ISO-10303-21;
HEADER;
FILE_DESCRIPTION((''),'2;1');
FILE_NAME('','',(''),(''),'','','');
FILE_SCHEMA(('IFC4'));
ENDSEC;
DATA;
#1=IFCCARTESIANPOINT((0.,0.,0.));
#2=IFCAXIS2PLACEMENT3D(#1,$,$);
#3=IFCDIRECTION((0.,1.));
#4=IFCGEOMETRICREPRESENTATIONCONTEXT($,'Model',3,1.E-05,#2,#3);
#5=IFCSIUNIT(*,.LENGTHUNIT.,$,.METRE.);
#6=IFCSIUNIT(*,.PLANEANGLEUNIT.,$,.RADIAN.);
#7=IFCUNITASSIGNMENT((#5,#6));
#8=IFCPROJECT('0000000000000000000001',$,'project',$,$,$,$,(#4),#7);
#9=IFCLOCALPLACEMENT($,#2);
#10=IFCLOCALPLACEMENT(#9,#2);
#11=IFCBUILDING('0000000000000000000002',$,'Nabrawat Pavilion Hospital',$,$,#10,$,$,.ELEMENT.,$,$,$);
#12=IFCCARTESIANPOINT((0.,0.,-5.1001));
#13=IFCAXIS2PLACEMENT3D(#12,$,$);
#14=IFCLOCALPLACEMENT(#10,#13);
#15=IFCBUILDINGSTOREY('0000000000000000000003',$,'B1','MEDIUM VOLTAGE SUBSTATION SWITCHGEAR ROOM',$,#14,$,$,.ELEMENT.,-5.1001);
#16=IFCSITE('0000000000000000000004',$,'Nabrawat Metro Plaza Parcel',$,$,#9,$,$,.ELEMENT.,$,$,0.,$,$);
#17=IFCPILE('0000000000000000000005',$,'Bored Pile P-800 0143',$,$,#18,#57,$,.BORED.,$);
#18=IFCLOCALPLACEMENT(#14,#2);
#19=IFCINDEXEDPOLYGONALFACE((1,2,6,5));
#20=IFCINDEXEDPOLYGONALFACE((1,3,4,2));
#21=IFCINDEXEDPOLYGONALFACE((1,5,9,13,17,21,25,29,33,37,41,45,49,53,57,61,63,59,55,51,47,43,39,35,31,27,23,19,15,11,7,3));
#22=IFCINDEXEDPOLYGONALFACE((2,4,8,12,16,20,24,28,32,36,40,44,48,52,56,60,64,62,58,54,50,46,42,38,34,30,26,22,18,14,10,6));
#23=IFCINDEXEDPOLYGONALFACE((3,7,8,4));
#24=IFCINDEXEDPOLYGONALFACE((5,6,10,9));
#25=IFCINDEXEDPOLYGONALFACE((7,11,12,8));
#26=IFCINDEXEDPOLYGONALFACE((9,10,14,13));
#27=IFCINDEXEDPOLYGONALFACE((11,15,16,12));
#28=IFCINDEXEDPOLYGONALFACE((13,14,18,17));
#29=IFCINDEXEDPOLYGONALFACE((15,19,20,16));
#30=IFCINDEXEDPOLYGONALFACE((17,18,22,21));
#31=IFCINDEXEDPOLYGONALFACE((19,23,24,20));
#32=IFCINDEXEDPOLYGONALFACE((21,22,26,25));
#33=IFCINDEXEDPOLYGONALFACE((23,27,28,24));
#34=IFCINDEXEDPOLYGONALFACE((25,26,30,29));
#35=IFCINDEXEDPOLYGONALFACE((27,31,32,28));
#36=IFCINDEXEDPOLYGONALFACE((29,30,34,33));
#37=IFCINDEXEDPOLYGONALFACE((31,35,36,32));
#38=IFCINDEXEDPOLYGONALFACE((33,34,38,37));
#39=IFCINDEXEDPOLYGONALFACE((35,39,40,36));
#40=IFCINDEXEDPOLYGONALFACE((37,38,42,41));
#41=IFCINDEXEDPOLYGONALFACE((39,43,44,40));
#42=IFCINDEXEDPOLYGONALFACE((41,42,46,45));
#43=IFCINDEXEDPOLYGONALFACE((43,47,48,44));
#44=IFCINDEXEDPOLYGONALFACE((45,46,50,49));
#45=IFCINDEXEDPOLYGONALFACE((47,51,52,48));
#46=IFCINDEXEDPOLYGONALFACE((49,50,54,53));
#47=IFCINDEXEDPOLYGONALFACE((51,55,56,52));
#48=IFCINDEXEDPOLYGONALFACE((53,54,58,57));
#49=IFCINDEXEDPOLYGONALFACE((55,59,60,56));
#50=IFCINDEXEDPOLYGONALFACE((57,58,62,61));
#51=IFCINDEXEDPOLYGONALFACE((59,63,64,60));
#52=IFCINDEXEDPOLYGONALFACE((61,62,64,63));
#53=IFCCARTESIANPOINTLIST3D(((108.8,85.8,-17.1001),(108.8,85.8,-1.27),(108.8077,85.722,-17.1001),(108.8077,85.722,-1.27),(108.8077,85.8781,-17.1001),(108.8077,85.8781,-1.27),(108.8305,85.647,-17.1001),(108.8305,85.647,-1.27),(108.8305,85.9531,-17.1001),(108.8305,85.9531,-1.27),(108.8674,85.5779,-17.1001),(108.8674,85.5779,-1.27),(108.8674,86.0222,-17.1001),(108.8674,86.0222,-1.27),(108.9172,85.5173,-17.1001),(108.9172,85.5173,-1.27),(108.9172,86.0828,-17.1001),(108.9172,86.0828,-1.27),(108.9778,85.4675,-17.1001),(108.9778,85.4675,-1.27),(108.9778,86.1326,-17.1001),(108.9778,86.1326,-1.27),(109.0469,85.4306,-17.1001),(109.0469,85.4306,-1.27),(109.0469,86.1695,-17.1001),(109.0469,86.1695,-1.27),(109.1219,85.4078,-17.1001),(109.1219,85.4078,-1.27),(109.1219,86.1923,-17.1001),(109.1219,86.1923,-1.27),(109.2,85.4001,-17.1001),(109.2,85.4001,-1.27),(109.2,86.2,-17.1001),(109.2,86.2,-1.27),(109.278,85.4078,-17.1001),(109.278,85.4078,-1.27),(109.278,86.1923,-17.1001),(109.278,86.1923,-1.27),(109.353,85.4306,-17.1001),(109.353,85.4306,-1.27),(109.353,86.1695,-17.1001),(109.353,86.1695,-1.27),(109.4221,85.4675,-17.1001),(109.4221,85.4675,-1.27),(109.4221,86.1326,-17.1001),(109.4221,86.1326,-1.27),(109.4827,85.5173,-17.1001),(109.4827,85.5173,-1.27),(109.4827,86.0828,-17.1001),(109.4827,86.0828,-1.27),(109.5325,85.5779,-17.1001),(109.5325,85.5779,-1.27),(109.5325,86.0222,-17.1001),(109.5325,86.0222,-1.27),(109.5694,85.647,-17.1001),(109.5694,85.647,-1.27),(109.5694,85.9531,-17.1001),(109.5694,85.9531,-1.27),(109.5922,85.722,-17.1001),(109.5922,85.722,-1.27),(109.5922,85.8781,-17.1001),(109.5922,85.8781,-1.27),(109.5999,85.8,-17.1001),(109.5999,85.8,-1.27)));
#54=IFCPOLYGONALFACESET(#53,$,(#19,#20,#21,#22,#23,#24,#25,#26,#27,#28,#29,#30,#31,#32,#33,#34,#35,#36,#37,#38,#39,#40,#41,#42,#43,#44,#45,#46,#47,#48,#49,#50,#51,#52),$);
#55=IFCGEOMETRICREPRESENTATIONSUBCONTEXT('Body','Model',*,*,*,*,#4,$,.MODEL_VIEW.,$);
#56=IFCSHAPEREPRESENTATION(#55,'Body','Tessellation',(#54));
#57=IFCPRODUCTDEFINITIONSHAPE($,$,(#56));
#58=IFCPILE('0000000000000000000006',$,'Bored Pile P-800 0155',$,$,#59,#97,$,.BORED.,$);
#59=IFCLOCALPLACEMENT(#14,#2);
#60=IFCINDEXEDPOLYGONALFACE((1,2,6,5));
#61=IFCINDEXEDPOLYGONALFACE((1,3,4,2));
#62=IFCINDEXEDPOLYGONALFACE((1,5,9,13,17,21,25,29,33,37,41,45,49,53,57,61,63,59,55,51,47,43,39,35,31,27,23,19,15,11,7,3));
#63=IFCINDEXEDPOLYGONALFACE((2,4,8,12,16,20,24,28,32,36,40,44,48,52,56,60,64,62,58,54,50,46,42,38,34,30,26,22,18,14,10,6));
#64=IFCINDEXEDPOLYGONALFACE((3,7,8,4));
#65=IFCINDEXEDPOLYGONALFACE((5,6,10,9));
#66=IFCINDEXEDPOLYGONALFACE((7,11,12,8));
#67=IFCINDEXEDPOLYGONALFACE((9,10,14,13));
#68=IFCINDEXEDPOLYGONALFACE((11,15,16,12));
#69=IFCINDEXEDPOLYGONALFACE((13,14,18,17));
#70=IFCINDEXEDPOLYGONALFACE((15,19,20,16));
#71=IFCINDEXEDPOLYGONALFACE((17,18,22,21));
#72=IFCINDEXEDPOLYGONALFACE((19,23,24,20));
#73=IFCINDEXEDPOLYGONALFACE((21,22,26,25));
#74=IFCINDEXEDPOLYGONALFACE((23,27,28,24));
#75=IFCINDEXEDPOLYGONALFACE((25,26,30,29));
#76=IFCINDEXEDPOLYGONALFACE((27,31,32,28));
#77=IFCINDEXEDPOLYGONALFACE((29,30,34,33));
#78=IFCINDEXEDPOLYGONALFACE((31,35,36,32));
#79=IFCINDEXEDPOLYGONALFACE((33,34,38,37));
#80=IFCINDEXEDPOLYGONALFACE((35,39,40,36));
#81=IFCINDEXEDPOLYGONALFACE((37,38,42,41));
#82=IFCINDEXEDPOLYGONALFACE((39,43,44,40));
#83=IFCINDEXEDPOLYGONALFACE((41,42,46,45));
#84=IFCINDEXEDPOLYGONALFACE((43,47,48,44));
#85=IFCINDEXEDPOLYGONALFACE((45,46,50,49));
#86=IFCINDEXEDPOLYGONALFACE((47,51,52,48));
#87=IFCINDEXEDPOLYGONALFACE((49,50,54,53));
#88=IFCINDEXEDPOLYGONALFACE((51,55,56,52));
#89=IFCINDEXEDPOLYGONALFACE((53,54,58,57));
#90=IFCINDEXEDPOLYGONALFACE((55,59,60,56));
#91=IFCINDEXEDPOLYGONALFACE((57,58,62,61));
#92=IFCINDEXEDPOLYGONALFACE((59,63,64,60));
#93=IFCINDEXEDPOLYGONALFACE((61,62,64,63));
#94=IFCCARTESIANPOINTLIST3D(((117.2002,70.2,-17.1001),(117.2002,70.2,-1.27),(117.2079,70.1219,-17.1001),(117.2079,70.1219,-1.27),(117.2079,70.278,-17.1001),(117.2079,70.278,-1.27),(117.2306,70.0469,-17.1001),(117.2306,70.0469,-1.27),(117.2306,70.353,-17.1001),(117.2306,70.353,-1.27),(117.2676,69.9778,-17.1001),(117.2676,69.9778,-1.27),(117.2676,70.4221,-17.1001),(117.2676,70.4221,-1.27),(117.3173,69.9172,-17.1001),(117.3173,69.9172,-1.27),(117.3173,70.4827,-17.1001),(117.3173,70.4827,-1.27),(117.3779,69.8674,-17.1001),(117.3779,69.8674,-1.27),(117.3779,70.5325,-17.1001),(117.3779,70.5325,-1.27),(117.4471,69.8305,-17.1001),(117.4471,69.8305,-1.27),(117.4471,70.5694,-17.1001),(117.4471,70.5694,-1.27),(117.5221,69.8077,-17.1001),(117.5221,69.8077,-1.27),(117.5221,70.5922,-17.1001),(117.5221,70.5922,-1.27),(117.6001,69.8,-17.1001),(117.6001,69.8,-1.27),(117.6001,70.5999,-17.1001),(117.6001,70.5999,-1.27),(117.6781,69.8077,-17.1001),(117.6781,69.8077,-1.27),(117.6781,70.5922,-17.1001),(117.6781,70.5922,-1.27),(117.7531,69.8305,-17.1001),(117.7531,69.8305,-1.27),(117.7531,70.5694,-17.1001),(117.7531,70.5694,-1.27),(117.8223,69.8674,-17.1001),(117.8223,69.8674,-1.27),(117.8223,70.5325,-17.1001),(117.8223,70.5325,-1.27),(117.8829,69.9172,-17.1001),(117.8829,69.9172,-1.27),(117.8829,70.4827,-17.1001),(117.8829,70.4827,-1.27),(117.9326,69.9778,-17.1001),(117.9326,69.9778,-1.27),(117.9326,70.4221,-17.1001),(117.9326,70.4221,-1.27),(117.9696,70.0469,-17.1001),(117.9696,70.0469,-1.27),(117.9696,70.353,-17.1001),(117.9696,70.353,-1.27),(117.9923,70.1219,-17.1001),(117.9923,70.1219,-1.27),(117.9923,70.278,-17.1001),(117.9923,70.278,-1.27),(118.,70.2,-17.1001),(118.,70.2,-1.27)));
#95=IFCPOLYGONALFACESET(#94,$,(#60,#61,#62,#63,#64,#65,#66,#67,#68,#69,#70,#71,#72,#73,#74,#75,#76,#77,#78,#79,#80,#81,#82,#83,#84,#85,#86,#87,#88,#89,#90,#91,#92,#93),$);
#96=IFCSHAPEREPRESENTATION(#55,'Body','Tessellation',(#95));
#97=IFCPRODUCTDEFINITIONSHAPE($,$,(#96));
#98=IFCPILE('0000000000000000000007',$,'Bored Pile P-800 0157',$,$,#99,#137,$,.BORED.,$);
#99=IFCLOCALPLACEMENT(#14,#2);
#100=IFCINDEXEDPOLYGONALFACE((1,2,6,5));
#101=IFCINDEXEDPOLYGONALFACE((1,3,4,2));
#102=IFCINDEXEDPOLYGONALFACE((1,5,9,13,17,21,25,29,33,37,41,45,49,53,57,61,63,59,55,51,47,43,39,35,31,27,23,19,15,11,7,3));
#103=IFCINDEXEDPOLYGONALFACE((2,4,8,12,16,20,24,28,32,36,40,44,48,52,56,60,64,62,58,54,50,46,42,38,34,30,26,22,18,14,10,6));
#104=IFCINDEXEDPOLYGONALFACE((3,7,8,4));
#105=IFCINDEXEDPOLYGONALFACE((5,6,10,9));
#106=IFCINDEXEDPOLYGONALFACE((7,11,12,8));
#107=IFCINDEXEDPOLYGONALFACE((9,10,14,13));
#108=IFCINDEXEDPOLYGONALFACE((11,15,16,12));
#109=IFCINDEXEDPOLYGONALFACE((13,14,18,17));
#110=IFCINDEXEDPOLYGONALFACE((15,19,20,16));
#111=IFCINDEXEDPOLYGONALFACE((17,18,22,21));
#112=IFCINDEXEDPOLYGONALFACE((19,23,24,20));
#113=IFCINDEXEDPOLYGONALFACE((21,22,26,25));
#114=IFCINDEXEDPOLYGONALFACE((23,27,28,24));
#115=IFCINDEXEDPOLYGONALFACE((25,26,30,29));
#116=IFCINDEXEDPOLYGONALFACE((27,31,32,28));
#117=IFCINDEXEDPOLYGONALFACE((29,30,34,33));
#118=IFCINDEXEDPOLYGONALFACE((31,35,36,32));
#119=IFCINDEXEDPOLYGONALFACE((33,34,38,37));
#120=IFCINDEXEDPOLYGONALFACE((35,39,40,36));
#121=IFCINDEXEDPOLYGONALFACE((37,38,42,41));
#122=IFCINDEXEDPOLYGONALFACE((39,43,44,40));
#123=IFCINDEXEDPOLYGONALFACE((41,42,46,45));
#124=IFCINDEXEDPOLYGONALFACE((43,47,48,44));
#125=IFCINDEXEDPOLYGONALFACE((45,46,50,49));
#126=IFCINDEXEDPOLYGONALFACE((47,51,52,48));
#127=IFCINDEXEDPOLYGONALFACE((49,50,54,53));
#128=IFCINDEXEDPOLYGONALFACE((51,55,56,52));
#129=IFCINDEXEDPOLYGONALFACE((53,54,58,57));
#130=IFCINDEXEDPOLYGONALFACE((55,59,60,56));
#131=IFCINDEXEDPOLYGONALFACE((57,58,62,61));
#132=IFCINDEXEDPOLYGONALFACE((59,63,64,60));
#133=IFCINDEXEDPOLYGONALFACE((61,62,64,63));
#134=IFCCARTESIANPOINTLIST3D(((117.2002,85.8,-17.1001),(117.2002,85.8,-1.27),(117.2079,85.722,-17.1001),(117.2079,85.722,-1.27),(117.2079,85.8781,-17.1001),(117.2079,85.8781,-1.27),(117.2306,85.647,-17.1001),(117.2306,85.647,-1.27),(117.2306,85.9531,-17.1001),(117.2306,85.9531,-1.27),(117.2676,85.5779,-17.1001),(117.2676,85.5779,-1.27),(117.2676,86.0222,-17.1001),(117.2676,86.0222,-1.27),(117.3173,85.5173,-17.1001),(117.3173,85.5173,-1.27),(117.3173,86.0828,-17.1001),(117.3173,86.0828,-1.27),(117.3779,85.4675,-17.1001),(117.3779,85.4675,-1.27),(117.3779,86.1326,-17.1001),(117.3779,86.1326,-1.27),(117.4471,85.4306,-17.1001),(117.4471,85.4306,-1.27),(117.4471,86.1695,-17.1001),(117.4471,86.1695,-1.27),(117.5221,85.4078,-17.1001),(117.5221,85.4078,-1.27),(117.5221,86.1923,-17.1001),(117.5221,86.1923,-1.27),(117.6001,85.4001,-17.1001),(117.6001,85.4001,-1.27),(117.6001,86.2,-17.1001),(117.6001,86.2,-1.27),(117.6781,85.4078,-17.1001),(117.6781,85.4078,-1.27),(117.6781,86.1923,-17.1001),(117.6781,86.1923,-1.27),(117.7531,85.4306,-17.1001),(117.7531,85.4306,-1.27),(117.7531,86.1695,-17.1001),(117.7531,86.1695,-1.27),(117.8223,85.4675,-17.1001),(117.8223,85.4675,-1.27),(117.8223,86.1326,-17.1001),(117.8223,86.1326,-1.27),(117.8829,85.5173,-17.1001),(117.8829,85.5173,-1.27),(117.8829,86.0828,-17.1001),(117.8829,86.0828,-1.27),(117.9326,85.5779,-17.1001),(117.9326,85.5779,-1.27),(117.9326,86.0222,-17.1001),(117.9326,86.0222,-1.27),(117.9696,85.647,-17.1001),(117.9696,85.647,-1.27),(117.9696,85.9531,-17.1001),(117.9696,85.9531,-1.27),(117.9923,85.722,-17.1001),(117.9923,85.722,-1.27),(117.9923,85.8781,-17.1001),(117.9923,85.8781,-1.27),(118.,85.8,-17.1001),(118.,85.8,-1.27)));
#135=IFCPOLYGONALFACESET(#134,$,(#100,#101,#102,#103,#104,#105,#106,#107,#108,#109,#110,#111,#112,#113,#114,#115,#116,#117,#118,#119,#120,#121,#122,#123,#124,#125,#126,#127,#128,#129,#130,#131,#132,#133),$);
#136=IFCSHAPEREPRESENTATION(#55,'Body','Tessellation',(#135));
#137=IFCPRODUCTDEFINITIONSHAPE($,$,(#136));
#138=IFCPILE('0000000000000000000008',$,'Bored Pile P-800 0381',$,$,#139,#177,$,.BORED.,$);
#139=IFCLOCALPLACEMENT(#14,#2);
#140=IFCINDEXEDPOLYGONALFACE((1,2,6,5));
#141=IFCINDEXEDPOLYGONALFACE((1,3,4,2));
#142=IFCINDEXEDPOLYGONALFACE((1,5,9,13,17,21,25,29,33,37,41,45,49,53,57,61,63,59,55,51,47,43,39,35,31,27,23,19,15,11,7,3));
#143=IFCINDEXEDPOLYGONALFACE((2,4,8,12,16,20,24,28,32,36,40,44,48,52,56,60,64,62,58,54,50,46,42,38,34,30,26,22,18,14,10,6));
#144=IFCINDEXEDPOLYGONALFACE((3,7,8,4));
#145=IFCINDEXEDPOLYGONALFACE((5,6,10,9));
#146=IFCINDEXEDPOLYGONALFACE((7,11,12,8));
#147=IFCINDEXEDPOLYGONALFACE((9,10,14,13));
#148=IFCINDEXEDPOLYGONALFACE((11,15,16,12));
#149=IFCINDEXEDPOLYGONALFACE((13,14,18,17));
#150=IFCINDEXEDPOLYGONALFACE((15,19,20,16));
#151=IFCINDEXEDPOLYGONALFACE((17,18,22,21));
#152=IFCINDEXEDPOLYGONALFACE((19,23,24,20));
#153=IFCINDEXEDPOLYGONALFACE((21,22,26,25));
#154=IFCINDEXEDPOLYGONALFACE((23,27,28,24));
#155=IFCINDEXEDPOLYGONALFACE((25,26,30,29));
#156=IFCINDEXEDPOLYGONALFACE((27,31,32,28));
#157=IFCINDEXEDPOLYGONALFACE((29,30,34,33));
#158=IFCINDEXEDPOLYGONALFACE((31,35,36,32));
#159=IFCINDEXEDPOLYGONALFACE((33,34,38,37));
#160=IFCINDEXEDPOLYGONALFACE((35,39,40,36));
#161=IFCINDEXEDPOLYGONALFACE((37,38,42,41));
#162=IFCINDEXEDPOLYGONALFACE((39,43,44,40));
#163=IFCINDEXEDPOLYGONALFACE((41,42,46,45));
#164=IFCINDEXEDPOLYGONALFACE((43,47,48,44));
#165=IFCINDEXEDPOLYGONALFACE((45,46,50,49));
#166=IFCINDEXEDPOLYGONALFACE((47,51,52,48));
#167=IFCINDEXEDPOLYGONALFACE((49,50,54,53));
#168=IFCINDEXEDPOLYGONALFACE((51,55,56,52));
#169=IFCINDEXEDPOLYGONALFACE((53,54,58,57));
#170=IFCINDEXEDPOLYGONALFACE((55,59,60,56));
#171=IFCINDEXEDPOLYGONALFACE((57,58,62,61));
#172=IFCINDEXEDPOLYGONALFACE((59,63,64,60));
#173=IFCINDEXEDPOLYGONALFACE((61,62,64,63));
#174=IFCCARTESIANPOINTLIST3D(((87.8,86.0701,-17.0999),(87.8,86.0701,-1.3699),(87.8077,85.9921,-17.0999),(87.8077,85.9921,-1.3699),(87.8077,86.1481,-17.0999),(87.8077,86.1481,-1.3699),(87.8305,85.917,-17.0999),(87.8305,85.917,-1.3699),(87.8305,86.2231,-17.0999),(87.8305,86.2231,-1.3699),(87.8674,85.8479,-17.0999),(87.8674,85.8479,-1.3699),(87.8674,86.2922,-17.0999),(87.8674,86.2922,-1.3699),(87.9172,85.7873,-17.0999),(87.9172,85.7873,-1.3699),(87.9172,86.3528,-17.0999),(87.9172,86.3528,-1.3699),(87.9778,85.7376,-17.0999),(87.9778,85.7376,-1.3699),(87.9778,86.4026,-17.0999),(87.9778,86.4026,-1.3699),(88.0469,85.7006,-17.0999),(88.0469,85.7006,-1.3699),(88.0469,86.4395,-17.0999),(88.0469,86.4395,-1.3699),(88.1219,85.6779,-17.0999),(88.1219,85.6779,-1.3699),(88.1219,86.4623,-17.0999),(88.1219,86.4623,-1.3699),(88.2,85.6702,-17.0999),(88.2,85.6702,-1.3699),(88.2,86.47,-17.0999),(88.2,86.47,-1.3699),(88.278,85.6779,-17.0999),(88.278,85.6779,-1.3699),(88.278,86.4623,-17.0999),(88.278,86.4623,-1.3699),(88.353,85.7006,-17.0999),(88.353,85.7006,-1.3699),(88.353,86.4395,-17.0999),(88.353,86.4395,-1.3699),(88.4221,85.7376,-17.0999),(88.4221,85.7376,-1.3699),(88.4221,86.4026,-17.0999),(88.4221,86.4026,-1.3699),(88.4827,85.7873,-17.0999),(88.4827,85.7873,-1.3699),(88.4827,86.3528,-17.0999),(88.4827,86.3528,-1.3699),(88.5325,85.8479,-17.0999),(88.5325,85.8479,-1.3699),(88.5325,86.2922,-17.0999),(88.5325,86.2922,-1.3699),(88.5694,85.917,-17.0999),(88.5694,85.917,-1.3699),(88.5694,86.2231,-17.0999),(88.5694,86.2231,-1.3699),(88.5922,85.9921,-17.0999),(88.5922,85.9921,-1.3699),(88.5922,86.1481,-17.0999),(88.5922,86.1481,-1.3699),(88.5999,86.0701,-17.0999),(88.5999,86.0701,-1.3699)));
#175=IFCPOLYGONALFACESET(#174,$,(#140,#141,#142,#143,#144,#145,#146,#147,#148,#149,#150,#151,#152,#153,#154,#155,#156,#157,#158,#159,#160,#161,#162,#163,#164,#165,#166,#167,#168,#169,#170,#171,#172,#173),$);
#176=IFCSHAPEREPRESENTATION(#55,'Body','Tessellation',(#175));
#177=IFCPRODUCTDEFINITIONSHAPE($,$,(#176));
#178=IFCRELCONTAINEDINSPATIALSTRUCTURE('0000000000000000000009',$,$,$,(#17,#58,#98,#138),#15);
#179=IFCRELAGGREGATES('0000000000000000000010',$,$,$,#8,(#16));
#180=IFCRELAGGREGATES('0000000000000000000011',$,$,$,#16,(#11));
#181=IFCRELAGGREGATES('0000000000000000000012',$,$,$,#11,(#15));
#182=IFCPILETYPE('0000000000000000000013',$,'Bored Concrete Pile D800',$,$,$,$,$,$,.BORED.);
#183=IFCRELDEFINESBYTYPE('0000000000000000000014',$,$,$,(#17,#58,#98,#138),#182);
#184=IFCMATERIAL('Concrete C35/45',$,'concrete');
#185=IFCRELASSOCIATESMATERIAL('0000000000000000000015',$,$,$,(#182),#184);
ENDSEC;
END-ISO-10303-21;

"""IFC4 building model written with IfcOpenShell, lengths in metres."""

from ifc_helpers import new_model, si_unit, direction, frame, origin, origin_2d, place, context, subcontext, project, spatial, circle, extrude, material, material_profile, profile_set, type_object, element, save


model = new_model("IFC4")

# Units and contexts
model_context = context("Model", 3, precision=1e-05, world=origin(), true_north=direction((0.0, 1.0)))
body_context = subcontext(model_context, "Body", "Model", "MODEL_VIEW")
ifc_project = project(units=[si_unit("LENGTHUNIT", "METRE"), si_unit("PLANEANGLEUNIT", "RADIAN")], contexts=[model_context])

# Site, building, storey
site_placement = place(None, origin())
site = spatial("IfcSite", under=ifc_project, at=site_placement, Name="Nabrawat Metro Plaza Parcel", CompositionType="ELEMENT", RefElevation=0.0)
building_placement = place(site_placement, origin())
building = spatial("IfcBuilding", under=site, at=building_placement, Name="Nabrawat Pavilion Hospital", CompositionType="ELEMENT")
storey_placement = place(building_placement, frame((0.0, 0.0, -5.1001)))
storey = spatial("IfcBuildingStorey", under=building, at=storey_placement, Name="B1", Description="MEDIUM VOLTAGE SUBSTATION SWITCHGEAR ROOM", CompositionType="ELEMENT", Elevation=-5.1001)

# Piles
ifc_material_1 = material(Name="Concrete C35/45", Category="concrete")
ifc_material_profile_1 = material_profile(ifc_material_1, circle(Radius=0.3999, at=origin_2d()), Name="DIA 800")
ifc_profile_set_1 = profile_set([ifc_material_profile_1], Name="Concrete C35/45")
pile_type_1 = type_object("IfcPileType", Name="Bored Concrete Pile D800", PredefinedType="BORED", material=ifc_profile_set_1)
for number, where, z_axis, x_axis, name in (
    (1, (109.2, 85.8, -1.27), (0.0, 0.0, -1.0), (1.0, 0.0, 0.0), "Bored Pile P-800 0143"),
    (2, (117.6001, 70.2, -1.27), (0.0, 0.0, -1.0), (1.0, 0.0, 0.0), "Bored Pile P-800 0155"),
    (3, (117.6001, 85.8, -1.27), (0.0, 0.0, -1.0), (1.0, 0.0, 0.0), "Bored Pile P-800 0157"),
):
    element("IfcPile", number, at=place(storey_placement, frame(where, z_axis=z_axis, x_axis=x_axis)), inside=storey, type_object=pile_type_1, Name=name, PredefinedType="BORED", context=body_context, shape_type="SweptSolid", body=[
        extrude(circle(Radius=0.3999, at=origin_2d()), origin(), (0.0, 0.0, 1.0), 15.8301),
    ])
pile_placement = place(storey_placement, frame((88.2, 86.0701, -1.3699), z_axis=(0.0, 0.0, -1.0), x_axis=(1.0, 0.0, 0.0)))
element("IfcPile", 4, at=pile_placement, inside=storey, type_object=pile_type_1, Name="Bored Pile P-800 0381", PredefinedType="BORED", context=body_context, shape_type="SweptSolid", body=[
    extrude(circle(Radius=0.3999, at=origin_2d()), origin(), (0.0, 0.0, 1.0), 15.73),
])

save(model, "model.ifc")
